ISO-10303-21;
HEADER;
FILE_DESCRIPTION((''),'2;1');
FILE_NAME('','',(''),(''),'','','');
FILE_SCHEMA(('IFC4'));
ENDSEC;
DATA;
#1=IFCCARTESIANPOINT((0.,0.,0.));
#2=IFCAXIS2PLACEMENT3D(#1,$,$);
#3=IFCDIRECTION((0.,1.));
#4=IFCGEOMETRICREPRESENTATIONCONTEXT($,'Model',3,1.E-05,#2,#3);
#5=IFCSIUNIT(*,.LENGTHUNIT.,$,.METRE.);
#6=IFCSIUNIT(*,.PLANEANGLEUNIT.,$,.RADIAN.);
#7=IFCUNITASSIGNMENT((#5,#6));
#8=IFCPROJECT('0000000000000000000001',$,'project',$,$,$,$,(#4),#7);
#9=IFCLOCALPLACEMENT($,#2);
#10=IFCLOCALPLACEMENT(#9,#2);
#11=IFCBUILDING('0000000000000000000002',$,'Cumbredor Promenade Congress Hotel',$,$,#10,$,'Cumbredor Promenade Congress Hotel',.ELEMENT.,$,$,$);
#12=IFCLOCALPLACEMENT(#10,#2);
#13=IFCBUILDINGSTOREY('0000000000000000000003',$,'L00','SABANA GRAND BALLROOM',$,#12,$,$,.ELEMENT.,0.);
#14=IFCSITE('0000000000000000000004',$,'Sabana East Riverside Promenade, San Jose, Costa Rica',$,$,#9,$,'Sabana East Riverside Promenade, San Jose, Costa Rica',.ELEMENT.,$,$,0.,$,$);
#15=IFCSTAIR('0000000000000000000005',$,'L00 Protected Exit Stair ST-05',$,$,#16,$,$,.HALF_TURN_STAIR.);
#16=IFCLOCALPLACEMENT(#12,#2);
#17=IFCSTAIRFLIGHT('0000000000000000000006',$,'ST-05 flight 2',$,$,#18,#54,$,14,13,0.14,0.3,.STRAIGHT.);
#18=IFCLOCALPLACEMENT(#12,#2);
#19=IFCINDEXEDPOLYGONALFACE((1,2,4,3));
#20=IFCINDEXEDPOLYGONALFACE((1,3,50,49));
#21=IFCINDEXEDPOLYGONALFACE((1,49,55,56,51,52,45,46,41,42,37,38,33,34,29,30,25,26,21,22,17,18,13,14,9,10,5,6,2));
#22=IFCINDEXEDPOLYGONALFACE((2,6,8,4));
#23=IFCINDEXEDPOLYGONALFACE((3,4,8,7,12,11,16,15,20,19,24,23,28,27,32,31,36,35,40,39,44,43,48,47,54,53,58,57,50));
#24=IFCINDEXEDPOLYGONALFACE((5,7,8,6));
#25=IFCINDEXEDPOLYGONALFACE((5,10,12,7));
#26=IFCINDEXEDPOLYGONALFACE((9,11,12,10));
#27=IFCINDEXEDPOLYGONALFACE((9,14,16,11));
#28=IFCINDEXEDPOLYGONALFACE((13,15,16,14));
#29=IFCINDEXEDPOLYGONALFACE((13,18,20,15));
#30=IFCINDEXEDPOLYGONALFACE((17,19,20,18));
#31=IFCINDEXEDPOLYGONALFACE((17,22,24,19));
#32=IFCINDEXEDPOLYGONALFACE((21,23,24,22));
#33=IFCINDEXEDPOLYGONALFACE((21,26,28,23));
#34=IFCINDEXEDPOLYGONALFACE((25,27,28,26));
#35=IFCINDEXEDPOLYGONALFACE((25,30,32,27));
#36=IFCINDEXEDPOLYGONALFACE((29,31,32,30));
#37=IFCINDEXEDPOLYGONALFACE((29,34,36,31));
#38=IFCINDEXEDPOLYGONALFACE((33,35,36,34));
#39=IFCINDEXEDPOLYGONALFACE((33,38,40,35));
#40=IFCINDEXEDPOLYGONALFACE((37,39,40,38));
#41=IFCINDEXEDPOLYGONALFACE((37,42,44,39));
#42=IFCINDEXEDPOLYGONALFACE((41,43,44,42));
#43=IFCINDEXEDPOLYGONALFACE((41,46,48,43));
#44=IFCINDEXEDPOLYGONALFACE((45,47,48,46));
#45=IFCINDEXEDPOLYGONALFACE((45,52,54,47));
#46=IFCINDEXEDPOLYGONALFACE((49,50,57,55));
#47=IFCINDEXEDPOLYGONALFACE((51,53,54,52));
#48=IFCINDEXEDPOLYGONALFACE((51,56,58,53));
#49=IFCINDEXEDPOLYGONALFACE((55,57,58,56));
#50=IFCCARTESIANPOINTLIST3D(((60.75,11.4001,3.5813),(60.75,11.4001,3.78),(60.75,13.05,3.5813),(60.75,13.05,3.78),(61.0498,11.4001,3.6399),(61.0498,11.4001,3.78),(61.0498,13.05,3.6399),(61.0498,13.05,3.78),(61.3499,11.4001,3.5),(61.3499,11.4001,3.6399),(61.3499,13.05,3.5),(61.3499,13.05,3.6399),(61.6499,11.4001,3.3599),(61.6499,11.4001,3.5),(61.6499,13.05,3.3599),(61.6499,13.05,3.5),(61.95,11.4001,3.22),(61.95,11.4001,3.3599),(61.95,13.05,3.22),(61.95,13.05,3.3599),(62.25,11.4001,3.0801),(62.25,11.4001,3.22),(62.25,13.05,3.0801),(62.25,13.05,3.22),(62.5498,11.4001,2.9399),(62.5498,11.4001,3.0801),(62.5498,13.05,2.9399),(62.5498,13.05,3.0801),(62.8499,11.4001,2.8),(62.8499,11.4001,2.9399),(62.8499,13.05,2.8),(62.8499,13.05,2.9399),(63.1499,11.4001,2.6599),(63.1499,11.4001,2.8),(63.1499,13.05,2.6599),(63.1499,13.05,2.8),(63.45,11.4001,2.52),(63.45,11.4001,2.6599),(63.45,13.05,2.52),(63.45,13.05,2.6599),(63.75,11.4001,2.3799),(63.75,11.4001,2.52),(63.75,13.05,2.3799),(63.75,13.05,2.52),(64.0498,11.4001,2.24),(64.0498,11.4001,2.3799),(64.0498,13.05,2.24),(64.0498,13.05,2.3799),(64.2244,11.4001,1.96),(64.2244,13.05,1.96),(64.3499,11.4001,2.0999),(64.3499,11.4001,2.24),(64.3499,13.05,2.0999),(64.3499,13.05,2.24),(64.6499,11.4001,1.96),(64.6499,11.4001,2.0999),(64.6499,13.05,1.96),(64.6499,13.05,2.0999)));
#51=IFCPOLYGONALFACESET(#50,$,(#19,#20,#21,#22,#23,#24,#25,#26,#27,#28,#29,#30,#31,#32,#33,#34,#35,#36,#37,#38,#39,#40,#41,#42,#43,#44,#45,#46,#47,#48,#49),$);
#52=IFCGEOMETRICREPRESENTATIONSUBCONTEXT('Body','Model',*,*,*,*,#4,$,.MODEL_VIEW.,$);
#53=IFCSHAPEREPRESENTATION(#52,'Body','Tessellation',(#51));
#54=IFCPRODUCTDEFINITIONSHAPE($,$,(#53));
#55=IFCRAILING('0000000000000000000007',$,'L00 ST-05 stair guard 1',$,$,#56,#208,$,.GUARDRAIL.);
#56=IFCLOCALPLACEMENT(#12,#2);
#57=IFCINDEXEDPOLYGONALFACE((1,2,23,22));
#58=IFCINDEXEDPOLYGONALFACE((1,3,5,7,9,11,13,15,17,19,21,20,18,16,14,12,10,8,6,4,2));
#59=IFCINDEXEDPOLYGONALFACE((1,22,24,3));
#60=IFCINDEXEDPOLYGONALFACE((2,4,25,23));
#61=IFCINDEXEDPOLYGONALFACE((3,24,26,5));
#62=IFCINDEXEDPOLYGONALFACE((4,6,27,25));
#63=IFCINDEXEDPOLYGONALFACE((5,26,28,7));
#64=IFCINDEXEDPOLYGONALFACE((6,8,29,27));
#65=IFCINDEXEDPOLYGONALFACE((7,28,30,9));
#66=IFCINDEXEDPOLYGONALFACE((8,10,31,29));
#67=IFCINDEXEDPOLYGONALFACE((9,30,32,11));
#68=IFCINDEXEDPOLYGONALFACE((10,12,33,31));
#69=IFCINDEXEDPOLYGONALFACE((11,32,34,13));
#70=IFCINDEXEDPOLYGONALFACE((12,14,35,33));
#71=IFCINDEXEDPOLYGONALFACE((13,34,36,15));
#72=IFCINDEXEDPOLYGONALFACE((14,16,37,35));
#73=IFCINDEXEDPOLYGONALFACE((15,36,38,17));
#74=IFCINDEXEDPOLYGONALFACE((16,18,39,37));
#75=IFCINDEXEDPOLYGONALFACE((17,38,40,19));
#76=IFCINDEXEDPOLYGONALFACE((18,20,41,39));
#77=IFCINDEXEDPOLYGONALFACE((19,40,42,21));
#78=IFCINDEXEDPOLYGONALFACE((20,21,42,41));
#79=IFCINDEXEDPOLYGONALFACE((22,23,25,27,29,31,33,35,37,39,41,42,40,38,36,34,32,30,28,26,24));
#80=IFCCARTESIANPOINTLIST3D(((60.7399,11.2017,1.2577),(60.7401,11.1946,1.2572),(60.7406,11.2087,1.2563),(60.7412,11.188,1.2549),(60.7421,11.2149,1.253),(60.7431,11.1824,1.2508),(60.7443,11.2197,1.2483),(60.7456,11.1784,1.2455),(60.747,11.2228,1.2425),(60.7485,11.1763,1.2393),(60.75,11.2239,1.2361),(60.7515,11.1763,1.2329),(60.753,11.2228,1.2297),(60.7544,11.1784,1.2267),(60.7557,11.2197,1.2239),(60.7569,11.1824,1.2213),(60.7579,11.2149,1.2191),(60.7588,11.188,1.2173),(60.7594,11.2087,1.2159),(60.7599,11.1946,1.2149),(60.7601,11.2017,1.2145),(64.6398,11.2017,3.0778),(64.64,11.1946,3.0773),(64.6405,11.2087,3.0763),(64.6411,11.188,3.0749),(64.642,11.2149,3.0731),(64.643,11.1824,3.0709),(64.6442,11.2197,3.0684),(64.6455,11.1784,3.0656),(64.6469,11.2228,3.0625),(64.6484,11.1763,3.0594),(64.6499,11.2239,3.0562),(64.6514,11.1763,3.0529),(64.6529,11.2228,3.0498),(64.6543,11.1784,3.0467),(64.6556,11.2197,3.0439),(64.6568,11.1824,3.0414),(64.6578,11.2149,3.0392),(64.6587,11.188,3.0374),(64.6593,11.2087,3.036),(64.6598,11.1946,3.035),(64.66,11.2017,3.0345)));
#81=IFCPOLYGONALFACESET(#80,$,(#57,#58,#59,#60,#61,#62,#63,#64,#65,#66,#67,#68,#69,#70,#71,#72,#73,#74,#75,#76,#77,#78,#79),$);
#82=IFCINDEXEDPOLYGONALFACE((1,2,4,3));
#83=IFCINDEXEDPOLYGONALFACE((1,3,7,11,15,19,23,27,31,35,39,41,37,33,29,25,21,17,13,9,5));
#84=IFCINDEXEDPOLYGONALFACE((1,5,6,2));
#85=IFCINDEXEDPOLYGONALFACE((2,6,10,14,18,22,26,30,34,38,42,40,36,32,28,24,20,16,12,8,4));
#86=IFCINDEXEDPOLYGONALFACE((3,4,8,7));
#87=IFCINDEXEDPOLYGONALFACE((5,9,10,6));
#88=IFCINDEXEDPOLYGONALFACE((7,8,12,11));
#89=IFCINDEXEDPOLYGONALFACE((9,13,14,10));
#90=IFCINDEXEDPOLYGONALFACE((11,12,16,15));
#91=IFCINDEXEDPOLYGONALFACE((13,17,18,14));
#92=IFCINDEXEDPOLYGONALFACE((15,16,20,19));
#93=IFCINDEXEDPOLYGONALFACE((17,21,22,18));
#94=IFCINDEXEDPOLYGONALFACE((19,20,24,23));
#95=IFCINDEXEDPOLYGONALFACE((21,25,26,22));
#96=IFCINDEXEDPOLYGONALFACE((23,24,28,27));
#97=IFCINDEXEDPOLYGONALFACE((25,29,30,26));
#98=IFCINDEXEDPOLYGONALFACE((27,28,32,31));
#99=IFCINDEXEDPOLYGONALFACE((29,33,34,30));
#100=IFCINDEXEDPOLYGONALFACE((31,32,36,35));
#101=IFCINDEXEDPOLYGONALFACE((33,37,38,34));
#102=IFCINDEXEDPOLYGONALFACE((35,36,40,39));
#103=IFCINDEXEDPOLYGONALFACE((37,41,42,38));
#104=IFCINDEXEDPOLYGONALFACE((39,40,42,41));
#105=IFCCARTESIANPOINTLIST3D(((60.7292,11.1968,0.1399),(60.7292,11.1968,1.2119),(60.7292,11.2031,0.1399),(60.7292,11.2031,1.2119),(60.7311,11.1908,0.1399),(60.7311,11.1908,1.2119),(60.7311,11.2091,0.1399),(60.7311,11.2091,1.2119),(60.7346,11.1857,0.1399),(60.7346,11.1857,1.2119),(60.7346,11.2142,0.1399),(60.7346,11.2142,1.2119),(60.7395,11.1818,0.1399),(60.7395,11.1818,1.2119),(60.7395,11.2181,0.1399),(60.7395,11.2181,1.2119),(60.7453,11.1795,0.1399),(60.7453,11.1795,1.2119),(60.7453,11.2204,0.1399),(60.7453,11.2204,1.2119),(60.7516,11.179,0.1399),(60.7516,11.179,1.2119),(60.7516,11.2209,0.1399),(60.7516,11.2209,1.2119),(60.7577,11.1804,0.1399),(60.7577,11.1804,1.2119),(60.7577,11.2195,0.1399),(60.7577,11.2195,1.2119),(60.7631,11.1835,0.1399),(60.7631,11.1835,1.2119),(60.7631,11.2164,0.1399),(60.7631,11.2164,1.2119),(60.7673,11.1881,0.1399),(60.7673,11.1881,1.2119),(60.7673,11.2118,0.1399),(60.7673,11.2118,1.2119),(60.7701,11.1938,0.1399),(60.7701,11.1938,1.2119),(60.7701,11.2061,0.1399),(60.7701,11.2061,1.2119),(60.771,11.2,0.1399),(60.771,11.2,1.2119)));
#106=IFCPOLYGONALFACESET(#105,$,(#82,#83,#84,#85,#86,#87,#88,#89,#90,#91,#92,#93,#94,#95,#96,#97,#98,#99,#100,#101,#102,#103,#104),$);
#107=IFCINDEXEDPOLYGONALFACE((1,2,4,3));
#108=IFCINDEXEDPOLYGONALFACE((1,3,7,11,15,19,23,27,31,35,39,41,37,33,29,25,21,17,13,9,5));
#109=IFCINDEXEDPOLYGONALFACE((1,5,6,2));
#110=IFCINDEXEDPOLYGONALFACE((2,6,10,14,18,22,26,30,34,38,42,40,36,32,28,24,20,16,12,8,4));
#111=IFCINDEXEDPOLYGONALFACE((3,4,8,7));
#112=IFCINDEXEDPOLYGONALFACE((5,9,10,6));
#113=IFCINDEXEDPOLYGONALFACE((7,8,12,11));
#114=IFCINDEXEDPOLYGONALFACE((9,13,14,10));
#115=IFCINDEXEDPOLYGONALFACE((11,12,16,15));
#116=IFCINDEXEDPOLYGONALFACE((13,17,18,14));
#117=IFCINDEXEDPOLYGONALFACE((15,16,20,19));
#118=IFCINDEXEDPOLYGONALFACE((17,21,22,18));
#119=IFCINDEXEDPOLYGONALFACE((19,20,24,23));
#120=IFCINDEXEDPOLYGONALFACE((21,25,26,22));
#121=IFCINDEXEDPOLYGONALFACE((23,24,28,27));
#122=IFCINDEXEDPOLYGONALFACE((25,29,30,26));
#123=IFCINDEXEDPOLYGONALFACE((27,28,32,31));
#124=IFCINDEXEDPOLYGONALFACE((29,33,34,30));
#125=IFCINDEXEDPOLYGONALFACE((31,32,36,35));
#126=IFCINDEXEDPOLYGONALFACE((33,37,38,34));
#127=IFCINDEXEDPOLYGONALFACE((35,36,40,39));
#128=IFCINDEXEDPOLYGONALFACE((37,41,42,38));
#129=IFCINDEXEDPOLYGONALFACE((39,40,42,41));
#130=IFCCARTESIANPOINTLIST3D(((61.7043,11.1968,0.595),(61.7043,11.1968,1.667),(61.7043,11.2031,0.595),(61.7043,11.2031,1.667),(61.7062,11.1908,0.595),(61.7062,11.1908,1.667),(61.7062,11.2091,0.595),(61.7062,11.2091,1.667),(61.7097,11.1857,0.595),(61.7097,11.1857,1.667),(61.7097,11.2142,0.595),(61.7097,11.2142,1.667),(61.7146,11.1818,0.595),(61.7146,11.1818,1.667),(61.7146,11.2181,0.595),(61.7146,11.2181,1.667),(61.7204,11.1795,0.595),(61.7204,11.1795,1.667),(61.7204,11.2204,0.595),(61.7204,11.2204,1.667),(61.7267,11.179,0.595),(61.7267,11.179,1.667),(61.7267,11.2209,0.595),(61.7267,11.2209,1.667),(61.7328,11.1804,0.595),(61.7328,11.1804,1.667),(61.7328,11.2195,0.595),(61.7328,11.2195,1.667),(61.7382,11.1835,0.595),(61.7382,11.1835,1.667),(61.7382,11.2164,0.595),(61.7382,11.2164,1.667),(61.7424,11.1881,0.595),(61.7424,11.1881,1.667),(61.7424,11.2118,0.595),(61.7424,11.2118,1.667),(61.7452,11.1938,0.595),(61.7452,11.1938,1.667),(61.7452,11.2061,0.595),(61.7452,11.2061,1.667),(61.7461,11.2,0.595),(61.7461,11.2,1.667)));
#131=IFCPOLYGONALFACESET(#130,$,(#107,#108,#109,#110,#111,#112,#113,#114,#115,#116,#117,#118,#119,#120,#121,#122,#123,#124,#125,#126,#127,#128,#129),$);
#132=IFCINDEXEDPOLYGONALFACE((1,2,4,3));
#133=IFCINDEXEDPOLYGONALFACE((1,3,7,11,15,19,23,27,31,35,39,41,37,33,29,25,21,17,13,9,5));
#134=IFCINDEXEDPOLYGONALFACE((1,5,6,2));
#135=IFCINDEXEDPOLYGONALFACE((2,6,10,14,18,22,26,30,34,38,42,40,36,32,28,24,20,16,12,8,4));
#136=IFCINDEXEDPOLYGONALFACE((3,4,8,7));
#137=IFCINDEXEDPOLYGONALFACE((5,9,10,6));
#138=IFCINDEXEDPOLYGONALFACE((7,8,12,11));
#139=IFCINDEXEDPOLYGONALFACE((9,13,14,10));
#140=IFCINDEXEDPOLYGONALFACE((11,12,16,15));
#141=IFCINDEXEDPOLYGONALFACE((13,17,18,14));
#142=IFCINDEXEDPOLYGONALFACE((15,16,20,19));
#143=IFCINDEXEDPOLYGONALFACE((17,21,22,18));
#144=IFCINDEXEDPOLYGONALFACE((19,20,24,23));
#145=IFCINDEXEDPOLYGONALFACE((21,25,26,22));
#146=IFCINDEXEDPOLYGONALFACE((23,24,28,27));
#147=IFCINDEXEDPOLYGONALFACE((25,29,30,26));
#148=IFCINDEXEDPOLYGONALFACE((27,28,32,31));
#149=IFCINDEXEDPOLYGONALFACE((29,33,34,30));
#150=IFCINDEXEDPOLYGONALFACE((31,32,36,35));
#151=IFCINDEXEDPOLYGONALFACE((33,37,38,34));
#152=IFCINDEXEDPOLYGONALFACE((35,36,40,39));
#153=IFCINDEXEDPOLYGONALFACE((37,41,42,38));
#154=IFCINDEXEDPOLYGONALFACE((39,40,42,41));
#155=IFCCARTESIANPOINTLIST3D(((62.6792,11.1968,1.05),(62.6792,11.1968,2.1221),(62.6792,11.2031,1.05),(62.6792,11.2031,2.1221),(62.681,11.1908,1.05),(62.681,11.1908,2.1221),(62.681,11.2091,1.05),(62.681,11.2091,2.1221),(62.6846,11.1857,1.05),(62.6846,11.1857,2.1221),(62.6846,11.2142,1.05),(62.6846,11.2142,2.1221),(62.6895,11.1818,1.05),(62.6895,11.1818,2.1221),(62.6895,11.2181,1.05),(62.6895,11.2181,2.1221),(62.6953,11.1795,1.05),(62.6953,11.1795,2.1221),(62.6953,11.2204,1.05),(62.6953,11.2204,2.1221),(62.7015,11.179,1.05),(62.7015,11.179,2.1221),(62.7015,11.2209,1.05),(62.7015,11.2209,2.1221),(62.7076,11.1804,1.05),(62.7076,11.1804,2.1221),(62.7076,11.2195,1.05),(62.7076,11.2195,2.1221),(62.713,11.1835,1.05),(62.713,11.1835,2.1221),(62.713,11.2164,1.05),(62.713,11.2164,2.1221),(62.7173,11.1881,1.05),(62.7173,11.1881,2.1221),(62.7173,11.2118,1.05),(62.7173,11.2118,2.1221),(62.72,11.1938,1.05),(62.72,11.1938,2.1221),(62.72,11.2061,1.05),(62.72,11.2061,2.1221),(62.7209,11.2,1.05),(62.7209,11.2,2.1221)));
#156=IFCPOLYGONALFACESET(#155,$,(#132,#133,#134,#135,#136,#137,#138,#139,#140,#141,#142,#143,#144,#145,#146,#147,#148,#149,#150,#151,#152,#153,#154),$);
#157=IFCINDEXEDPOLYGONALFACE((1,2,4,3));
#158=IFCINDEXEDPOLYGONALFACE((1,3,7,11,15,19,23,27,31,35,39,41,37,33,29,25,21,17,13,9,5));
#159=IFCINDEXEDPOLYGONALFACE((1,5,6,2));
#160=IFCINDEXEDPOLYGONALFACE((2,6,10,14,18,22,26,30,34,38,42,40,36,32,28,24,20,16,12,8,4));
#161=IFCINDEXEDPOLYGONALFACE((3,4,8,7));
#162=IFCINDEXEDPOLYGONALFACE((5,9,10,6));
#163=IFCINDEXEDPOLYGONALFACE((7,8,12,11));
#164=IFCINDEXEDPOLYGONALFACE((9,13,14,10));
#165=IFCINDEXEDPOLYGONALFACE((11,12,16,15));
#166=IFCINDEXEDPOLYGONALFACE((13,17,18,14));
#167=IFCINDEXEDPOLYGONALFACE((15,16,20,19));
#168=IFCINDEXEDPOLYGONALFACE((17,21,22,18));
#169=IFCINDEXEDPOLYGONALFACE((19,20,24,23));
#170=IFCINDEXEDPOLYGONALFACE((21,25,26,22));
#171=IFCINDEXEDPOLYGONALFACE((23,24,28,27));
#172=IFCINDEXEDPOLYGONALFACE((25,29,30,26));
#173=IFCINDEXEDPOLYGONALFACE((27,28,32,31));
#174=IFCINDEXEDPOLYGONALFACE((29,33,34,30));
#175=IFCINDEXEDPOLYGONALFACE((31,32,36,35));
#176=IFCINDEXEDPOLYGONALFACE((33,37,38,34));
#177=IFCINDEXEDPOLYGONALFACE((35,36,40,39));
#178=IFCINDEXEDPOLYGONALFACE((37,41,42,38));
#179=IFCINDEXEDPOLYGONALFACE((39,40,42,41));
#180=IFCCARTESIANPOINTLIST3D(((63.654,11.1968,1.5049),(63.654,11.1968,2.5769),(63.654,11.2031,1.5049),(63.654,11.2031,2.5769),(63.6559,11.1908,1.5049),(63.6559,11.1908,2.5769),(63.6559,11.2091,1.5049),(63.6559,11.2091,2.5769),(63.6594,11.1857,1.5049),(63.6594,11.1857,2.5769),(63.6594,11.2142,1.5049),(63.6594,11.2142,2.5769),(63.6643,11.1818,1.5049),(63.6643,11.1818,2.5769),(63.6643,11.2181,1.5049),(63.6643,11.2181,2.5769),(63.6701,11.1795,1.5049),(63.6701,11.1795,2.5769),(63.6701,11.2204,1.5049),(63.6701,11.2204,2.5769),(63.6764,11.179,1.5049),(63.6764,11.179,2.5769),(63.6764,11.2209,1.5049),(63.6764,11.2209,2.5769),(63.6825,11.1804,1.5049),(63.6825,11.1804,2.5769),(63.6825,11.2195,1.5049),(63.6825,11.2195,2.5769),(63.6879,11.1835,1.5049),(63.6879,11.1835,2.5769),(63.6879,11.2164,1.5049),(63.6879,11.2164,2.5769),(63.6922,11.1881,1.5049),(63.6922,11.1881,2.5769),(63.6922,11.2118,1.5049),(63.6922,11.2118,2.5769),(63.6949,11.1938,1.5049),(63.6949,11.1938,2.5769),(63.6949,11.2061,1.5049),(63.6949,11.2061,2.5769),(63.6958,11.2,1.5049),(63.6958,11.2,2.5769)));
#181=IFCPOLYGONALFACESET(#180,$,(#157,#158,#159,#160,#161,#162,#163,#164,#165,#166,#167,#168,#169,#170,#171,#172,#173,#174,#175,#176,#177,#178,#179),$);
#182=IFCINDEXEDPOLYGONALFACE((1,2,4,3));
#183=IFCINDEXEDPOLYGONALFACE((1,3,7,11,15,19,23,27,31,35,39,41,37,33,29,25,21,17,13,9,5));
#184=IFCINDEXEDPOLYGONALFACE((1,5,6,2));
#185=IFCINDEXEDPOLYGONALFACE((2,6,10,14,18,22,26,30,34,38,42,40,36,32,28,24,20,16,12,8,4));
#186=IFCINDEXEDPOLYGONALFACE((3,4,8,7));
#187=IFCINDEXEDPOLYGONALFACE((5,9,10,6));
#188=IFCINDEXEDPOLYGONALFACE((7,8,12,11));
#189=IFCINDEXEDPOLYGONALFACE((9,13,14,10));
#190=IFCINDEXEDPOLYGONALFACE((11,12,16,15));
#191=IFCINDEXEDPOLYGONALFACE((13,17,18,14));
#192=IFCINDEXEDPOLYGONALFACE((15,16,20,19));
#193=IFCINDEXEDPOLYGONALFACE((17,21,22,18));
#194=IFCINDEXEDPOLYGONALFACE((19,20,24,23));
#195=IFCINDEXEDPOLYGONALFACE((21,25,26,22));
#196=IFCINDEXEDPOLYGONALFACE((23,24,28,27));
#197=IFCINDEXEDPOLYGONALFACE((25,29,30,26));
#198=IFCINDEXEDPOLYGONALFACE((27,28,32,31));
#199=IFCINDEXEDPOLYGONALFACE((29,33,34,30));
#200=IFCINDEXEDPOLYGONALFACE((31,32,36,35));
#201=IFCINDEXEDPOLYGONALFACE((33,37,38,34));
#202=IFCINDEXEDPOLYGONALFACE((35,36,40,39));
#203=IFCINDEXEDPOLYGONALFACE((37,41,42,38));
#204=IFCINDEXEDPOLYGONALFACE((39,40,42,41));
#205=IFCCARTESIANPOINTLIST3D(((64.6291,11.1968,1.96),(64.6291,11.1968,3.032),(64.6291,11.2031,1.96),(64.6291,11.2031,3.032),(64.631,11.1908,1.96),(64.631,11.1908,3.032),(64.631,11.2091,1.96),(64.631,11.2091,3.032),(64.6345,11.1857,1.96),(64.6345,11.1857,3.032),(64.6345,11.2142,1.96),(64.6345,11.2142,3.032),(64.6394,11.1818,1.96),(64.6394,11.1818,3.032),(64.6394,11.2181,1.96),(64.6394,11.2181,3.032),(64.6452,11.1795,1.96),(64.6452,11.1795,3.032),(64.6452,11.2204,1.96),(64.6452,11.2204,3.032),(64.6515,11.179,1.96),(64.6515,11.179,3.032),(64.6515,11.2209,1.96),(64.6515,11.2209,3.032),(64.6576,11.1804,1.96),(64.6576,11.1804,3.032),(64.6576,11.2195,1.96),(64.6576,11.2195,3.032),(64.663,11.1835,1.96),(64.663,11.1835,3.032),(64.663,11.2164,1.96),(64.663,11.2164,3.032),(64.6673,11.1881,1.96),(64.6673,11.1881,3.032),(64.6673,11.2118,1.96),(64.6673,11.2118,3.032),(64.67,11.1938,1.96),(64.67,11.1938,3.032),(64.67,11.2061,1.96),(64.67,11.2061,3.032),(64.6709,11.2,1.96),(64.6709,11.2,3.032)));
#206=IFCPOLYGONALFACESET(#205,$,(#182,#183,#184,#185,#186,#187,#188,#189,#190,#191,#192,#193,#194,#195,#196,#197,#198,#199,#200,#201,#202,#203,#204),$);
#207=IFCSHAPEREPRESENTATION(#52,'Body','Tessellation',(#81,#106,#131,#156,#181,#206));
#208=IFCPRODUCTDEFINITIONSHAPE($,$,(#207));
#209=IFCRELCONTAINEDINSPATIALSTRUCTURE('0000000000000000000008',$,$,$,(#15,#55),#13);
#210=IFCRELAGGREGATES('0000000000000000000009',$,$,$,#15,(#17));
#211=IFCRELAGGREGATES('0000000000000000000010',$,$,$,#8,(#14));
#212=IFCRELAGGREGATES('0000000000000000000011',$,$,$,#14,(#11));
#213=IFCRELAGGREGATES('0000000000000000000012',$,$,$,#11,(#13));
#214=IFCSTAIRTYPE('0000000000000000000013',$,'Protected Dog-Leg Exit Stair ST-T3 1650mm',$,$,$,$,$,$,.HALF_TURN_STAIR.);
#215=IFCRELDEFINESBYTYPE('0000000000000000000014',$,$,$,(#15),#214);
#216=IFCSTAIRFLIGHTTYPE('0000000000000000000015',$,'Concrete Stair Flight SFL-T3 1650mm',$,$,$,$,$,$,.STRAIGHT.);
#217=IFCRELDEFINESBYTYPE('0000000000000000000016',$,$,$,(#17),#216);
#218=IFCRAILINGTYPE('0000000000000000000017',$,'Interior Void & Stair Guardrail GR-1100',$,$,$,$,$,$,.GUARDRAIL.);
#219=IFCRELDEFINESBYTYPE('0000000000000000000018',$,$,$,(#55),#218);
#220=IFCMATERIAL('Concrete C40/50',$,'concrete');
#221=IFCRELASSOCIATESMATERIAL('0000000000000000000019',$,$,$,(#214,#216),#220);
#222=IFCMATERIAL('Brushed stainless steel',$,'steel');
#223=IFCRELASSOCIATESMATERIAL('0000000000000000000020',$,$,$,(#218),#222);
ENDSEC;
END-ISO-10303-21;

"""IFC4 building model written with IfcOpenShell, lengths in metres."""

from ifc_helpers import new_model, si_unit, direction, frame, origin, origin_2d, place, context, subcontext, project, spatial, polyline, circle, outline, extrude, material, type_object, element, aggregate, save


model = new_model("IFC4")

# Units and contexts
model_context = context("Model", 3, precision=1e-05, world=origin(), true_north=direction((0.0, 1.0)))
body_context = subcontext(model_context, "Body", "Model", "MODEL_VIEW")
ifc_project = project(units=[si_unit("LENGTHUNIT", "METRE"), si_unit("PLANEANGLEUNIT", "RADIAN")], contexts=[model_context])

# Site, building, storey
site_placement = place(None, origin())
site = spatial("IfcSite", under=ifc_project, at=site_placement, Name="Sabana East Riverside Promenade, San Jose, Costa Rica", LongName="Sabana East Riverside Promenade, San Jose, Costa Rica", CompositionType="ELEMENT", RefElevation=0.0)
building_placement = place(site_placement, origin())
building = spatial("IfcBuilding", under=site, at=building_placement, Name="Cumbredor Promenade Congress Hotel", LongName="Cumbredor Promenade Congress Hotel", CompositionType="ELEMENT")
storey_placement = place(building_placement, origin())
storey = spatial("IfcBuildingStorey", under=building, at=storey_placement, Name="L00", Description="SABANA GRAND BALLROOM", CompositionType="ELEMENT", Elevation=0.0)

# Shared definitions
ifc_material_1 = material(Name="Concrete C40/50", Category="concrete")

# Stair, stair flight
stair_type = type_object("IfcStairType", Name="Protected Dog-Leg Exit Stair ST-T3 1650mm", PredefinedType="HALF_TURN_STAIR", material=ifc_material_1)
stair_placement = place(storey_placement, origin())
stair = element("IfcStair", 1, at=stair_placement, inside=storey, type_object=stair_type, Name="L00 Protected Exit Stair ST-05", PredefinedType="HALF_TURN_STAIR")
stair_flight_type = type_object("IfcStairFlightType", Name="Concrete Stair Flight SFL-T3 1650mm", PredefinedType="STRAIGHT", material=ifc_material_1)
stair_flight_1_placement = place(storey_placement, frame((64.6499, 12.2251, 1.96), z_axis=(0.0, 0.0, 1.0), x_axis=(-1.0, 0.0, 0.0)))
stair_flight_1 = element("IfcStairFlight", 2, at=stair_flight_1_placement, type_object=stair_flight_type, Name="ST-05 flight 2", NumberOfRisers=14, NumberOfTreads=13, PredefinedType="STRAIGHT", RiserHeight=0.14, TreadLength=0.3, context=body_context, shape_type="SweptSolid", body=[
    extrude(outline(polyline([(0.0, 0.0), (0.0, 0.1399), (0.3, 0.1399), (0.3, 0.28), (0.6001, 0.28), (0.6001, 0.4199), (0.8999, 0.4199), (0.8999, 0.5601), (1.2, 0.5601), (1.2, 0.7), (1.5, 0.7), (1.5, 0.8401), (1.8, 0.8401), (1.8, 0.98), (2.1001, 0.98), (2.1001, 1.1201), (2.3999, 1.1201), (2.3999, 1.26), (2.7, 1.26), (2.7, 1.3999), (3.0, 1.3999), (3.0, 1.54), (3.3, 1.54), (3.3, 1.6799), (3.6001, 1.6799), (3.6001, 1.8201), (3.8999, 1.8201), (3.8999, 1.96), (3.8999, 1.6213), (0.4255, 0.0), (0.0, 0.0)])), frame((0.0, 0.825, 0.0), z_axis=(0.0, -1.0, 0.0), x_axis=(1.0, 0.0, 0.0)), (0.0, 0.0, 1.0), 1.6499),
])
aggregate(stair, [stair_flight_1])

# Railing
ifc_material_2 = material(Name="Brushed stainless steel", Category="steel")
railing_type_1 = type_object("IfcRailingType", Name="Interior Void & Stair Guardrail GR-1100", PredefinedType="GUARDRAIL", material=ifc_material_2)
railing_1_placement = place(storey_placement, frame((60.75, 11.2, 0.1399)))
element("IfcRailing", 3, at=railing_1_placement, inside=storey, type_object=railing_type_1, Name="L00 ST-05 stair guard 1", PredefinedType="GUARDRAIL", context=body_context, shape_type="SweptSolid", body=[
    extrude(circle(Radius=0.0239, at=origin_2d()), frame((0.0, 0.0, 1.0962), z_axis=(0.906173, 0.0, 0.422907), x_axis=(0.0, 1.0, 0.0)), (0.0, 0.0, 1.0), 4.3037),
    extrude(circle(Radius=0.021, at=origin_2d()), origin(), (0.0, 0.0, 1.0), 1.072),
    extrude(circle(Radius=0.021, at=origin_2d()), frame((0.9751, 0.0, 0.4551)), (0.0, 0.0, 1.0), 1.072),
    extrude(circle(Radius=0.021, at=origin_2d()), frame((1.95, 0.0, 0.9102)), (0.0, 0.0, 1.0), 1.072),
    extrude(circle(Radius=0.021, at=origin_2d()), frame((2.9248, 0.0, 1.365)), (0.0, 0.0, 1.0), 1.072),
    extrude(circle(Radius=0.021, at=origin_2d()), frame((3.8999, 0.0, 1.8201)), (0.0, 0.0, 1.0), 1.072),
])

save(model, "model.ifc")
